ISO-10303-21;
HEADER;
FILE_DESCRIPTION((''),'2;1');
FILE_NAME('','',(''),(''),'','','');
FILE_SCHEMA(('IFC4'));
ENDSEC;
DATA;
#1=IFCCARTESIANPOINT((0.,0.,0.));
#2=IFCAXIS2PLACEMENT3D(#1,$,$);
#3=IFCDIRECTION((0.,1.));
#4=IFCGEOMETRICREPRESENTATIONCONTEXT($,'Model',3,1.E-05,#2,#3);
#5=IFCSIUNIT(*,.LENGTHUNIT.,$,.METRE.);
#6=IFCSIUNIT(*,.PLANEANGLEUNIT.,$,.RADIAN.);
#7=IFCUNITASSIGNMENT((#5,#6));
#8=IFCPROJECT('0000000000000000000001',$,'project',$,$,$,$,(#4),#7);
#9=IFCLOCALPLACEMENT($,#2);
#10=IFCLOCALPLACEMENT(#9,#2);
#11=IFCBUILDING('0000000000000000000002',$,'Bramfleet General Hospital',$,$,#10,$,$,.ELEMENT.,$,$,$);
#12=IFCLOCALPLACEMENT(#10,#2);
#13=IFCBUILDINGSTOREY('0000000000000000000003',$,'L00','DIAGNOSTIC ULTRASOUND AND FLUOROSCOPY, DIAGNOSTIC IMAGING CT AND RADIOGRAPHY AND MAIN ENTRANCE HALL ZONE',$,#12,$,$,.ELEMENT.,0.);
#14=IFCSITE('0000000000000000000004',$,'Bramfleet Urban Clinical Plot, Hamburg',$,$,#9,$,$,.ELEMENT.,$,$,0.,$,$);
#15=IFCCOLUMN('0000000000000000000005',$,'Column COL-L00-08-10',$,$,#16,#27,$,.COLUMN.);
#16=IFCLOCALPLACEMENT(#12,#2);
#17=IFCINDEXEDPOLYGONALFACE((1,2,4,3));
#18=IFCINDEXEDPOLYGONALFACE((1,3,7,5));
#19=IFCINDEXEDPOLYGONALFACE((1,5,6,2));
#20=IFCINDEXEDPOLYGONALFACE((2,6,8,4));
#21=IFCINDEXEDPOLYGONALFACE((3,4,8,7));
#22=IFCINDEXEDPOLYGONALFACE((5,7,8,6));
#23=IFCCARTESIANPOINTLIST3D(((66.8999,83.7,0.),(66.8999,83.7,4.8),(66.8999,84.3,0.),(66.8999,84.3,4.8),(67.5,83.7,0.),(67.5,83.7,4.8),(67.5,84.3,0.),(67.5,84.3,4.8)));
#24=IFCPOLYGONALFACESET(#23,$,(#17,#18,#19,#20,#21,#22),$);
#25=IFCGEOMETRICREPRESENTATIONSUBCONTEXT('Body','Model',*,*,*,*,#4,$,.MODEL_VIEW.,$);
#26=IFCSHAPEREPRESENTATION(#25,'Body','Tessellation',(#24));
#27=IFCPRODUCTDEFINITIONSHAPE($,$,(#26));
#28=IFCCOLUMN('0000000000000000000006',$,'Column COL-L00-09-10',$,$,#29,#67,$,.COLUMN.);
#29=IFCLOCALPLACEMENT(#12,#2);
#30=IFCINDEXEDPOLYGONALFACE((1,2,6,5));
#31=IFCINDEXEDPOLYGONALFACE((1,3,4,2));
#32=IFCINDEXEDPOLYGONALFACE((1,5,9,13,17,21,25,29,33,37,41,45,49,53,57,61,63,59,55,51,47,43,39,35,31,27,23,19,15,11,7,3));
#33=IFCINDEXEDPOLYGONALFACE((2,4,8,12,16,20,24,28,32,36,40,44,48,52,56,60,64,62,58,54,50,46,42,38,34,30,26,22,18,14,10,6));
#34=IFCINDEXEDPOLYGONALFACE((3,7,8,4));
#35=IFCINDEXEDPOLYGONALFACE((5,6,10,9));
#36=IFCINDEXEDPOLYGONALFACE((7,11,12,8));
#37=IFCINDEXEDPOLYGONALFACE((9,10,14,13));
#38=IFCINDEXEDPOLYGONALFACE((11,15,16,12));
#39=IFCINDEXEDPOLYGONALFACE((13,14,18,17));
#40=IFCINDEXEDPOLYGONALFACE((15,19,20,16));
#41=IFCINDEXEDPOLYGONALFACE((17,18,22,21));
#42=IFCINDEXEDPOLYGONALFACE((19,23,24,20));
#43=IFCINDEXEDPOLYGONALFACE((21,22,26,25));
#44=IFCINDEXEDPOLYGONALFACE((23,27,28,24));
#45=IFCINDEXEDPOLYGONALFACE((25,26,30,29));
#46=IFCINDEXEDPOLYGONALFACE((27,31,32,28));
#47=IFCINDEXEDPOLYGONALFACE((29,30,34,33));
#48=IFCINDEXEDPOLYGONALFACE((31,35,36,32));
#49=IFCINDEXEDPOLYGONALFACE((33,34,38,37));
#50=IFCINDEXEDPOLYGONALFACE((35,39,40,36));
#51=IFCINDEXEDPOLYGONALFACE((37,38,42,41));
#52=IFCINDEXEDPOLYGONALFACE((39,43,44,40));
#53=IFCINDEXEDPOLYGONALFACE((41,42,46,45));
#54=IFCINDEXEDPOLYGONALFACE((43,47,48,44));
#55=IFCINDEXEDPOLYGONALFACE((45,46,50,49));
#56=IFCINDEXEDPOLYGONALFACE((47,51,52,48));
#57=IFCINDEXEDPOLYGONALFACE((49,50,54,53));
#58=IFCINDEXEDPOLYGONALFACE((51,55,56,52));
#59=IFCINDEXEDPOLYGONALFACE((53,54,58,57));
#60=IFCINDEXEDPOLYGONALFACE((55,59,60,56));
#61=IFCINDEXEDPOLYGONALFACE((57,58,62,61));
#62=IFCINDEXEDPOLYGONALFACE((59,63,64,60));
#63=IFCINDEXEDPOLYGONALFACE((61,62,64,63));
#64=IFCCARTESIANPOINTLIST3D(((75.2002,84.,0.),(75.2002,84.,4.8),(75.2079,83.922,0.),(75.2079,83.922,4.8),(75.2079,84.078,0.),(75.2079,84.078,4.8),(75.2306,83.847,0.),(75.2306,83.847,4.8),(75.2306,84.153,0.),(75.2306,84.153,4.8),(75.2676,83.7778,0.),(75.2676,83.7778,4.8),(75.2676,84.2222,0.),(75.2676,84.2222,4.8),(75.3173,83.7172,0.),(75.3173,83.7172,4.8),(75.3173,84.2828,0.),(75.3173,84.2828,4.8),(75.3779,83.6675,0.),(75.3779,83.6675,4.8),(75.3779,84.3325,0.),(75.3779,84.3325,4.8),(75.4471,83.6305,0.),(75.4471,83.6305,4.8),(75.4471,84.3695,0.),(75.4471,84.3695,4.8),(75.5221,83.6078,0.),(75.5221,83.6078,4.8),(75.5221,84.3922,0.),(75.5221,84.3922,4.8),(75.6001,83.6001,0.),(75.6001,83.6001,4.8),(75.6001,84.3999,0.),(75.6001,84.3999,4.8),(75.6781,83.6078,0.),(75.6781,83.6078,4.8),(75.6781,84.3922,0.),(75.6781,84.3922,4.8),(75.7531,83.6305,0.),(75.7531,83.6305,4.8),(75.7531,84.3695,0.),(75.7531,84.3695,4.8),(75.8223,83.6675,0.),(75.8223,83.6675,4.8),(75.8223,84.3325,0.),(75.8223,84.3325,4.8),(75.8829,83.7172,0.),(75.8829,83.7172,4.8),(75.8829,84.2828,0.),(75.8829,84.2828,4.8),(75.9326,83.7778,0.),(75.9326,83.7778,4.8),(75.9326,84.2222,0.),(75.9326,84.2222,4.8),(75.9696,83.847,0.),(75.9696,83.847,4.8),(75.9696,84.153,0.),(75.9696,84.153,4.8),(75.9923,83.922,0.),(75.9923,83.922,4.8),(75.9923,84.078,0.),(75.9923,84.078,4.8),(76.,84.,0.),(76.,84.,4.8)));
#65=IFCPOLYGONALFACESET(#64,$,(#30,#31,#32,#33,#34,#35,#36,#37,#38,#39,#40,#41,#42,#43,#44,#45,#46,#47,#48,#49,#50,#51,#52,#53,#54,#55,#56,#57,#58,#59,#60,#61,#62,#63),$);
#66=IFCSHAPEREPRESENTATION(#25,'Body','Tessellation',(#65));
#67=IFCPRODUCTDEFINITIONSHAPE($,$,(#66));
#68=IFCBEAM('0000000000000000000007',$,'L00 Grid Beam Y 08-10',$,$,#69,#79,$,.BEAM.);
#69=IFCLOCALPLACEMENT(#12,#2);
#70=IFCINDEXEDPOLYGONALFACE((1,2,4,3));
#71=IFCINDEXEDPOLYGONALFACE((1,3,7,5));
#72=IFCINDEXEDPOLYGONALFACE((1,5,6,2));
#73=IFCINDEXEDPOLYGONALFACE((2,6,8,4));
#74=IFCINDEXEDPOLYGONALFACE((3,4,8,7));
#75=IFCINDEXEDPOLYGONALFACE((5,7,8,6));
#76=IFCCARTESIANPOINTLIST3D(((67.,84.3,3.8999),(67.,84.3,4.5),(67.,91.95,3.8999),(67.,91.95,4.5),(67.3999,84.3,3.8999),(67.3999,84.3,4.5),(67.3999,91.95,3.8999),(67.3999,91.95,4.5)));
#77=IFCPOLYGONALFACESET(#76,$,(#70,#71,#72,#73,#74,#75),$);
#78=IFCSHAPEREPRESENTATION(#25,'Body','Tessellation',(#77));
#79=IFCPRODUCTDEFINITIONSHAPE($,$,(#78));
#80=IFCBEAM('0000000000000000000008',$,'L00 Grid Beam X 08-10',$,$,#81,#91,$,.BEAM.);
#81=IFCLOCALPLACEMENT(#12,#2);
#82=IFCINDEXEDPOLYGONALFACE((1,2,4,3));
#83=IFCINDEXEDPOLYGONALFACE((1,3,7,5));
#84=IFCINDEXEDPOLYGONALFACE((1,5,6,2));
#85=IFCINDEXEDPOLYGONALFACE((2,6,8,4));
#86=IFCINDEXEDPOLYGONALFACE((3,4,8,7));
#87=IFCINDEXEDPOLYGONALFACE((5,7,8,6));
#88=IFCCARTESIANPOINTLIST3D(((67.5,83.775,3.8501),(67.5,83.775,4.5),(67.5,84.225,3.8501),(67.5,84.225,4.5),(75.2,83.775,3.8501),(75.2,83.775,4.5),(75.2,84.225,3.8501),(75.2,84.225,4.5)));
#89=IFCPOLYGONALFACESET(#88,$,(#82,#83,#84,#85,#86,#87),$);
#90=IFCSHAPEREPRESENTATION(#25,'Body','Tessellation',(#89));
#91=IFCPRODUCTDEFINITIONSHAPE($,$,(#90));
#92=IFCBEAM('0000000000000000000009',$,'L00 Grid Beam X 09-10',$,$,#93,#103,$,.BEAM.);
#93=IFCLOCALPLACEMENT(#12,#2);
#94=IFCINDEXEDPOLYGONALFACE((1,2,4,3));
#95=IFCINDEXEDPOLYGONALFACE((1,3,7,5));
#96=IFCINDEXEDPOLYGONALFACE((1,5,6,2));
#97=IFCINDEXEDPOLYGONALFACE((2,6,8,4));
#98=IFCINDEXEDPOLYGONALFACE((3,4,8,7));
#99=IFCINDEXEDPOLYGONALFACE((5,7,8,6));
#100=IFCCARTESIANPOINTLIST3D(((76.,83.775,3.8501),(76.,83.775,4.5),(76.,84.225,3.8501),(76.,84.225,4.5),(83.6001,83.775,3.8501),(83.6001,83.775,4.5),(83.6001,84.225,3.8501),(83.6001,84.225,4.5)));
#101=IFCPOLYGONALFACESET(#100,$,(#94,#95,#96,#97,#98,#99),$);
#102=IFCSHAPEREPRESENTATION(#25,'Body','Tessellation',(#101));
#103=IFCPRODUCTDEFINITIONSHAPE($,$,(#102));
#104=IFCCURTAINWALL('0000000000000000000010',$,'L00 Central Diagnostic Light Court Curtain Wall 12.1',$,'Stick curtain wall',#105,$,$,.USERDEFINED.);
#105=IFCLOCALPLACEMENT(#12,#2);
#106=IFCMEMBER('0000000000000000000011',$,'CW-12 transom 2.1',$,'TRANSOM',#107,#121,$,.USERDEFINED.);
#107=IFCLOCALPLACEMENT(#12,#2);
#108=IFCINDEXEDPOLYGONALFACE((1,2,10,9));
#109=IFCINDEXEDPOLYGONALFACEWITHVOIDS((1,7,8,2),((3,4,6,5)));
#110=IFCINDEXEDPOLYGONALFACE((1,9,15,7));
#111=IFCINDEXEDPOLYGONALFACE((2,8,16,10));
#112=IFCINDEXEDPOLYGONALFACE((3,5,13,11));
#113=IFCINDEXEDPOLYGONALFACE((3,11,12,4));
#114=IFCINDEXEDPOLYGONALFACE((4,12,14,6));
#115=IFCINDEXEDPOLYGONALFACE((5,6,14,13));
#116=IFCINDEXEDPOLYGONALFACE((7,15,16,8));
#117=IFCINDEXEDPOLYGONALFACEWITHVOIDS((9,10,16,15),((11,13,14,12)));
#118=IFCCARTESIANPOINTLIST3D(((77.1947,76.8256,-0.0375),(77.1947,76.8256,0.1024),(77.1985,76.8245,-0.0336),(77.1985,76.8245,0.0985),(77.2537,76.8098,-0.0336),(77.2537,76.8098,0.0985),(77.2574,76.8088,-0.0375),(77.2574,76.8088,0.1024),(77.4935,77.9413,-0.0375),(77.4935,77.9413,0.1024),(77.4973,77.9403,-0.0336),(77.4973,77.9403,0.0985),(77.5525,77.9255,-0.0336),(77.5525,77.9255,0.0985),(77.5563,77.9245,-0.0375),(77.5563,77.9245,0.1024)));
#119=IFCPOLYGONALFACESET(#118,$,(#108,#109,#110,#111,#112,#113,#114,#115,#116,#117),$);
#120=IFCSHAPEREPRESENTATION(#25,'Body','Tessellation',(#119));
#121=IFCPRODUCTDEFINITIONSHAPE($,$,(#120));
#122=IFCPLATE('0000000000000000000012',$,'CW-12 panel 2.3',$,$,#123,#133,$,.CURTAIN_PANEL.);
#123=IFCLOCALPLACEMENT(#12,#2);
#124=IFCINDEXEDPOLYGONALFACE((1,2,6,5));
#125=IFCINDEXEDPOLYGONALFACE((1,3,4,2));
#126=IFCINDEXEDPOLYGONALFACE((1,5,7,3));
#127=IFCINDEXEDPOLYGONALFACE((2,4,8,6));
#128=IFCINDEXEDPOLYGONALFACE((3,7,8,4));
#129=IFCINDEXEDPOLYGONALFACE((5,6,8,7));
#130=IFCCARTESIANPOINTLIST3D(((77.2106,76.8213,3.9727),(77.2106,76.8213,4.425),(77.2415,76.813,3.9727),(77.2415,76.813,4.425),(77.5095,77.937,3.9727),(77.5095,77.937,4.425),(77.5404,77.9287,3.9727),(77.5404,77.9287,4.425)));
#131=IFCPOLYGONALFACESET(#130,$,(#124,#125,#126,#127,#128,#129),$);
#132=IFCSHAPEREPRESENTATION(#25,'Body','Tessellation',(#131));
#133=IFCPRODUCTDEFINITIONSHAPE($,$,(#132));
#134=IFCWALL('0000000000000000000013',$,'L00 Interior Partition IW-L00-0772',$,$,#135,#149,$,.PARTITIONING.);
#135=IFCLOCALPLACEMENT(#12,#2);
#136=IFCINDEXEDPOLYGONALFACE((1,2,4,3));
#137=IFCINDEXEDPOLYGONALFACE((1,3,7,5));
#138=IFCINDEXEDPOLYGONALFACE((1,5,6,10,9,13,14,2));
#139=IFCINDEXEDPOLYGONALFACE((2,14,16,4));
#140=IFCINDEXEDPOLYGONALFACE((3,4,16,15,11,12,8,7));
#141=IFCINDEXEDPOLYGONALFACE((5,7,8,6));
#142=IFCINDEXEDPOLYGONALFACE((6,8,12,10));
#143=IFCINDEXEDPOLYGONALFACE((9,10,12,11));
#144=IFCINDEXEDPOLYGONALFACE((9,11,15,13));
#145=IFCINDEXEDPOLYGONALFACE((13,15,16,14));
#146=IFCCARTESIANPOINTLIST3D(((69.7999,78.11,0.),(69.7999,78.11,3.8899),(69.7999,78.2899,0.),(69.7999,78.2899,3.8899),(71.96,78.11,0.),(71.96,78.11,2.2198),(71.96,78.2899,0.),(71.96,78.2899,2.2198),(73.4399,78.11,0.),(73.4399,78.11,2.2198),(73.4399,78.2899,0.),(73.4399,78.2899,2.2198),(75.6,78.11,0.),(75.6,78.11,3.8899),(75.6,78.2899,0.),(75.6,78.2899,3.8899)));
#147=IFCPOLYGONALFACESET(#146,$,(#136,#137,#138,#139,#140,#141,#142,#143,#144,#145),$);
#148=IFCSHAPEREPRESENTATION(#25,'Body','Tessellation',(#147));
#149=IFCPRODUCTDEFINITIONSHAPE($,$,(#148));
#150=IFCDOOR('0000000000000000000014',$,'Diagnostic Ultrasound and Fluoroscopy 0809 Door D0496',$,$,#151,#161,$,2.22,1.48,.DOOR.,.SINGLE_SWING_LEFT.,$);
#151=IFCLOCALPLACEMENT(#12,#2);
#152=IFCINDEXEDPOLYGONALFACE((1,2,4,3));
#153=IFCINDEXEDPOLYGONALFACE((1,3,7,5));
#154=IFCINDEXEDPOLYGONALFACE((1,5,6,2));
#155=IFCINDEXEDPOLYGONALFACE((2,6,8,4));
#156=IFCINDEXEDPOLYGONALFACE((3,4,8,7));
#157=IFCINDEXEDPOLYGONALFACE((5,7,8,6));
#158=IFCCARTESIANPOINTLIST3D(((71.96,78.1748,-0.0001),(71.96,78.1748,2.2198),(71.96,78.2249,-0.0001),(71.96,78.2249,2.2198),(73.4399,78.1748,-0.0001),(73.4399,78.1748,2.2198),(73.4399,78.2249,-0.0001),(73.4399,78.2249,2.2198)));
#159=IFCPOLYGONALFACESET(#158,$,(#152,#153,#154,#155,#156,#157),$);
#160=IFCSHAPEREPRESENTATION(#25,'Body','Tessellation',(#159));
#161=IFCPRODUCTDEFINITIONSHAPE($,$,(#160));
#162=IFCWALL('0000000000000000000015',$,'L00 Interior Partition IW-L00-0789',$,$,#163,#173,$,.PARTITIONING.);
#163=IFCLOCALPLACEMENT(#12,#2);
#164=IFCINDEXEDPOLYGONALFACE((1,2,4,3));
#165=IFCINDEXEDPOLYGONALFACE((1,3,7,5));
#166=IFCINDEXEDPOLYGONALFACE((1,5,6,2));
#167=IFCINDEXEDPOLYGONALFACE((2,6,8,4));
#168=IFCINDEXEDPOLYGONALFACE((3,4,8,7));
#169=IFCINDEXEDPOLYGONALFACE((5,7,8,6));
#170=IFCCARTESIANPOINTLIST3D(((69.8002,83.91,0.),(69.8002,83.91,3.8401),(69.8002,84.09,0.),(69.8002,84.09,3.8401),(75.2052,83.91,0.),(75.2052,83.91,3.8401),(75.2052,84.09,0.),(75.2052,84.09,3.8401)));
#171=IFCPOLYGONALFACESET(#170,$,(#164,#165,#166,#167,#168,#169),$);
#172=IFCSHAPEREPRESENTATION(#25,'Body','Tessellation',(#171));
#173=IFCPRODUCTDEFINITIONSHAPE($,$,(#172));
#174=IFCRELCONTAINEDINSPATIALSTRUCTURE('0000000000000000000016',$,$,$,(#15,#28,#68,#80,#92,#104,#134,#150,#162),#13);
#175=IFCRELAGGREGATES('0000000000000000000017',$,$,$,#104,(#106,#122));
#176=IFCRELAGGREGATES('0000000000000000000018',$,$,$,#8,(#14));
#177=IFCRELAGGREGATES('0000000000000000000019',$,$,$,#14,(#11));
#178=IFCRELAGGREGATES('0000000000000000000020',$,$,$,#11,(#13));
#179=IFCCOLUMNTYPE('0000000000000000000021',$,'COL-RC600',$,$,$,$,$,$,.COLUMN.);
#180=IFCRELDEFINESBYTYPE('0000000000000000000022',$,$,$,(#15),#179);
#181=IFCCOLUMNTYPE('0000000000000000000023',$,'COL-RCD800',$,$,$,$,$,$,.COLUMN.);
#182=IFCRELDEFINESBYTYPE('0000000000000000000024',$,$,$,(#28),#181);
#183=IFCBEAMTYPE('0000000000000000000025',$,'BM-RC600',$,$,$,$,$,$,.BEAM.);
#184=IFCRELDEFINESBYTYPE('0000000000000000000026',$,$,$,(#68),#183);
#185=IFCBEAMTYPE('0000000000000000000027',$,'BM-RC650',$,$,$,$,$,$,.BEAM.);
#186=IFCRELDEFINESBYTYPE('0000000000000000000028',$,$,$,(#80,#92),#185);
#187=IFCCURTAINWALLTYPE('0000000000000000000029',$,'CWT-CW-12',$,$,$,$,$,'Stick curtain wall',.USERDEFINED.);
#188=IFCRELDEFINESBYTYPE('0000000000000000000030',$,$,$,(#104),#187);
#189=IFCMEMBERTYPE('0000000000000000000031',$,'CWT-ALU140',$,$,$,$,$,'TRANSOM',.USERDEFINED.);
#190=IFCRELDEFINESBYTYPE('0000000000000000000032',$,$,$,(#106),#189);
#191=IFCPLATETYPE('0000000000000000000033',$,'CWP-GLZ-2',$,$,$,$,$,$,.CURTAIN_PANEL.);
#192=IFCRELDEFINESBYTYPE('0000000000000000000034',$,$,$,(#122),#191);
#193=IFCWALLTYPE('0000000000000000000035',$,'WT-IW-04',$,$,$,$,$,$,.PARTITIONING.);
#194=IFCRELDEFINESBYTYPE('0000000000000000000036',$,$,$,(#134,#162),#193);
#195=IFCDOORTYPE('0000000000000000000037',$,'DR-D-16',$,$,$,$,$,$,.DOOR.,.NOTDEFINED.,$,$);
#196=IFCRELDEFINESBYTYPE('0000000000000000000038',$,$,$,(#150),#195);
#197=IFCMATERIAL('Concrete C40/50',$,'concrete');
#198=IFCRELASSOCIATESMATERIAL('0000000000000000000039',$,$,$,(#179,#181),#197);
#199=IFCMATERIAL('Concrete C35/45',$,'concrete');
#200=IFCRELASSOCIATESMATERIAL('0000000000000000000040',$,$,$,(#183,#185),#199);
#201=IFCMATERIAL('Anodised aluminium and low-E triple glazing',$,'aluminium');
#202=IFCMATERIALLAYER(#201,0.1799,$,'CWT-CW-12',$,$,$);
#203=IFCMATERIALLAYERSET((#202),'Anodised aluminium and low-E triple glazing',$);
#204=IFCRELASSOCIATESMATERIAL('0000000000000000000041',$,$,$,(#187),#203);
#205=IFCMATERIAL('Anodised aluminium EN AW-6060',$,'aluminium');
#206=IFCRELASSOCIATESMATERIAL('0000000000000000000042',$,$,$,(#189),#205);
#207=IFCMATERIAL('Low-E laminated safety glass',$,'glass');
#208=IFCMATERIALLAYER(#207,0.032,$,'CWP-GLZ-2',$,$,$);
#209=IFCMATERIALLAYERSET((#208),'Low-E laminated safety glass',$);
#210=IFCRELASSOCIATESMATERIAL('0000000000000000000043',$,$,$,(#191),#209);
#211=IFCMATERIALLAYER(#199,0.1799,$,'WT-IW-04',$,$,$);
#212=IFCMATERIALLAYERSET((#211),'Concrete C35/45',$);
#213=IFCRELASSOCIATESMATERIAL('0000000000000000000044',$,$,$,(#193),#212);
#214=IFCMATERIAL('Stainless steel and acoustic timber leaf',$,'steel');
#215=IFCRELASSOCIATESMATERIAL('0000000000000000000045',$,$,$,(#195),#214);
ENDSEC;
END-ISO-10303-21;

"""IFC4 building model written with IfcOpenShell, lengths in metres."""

from ifc_helpers import new_model, si_unit, direction, frame, frame_2d, origin, origin_2d, place, context, subcontext, project, spatial, rectangle, hollow_rectangle, circle, extrude, material, layer, layer_set, material_profile, profile_set, type_object, element, fill, aggregate, save


model = new_model("IFC4")

# Units and contexts
model_context = context("Model", 3, precision=1e-05, world=origin(), true_north=direction((0.0, 1.0)))
body_context = subcontext(model_context, "Body", "Model", "MODEL_VIEW")
ifc_project = project(units=[si_unit("LENGTHUNIT", "METRE"), si_unit("PLANEANGLEUNIT", "RADIAN")], contexts=[model_context])

# Site, building, storey
site_placement = place(None, origin())
site = spatial("IfcSite", under=ifc_project, at=site_placement, Name="Bramfleet Urban Clinical Plot, Hamburg", CompositionType="ELEMENT", RefElevation=0.0)
building_placement = place(site_placement, origin())
building = spatial("IfcBuilding", under=site, at=building_placement, Name="Bramfleet General Hospital", CompositionType="ELEMENT")
storey_placement = place(building_placement, origin())
storey = spatial("IfcBuildingStorey", under=building, at=storey_placement, Name="L00", Description="DIAGNOSTIC ULTRASOUND AND FLUOROSCOPY, DIAGNOSTIC IMAGING CT AND RADIOGRAPHY AND MAIN ENTRANCE HALL ZONE", CompositionType="ELEMENT", Elevation=0.0)

# Columns
ifc_material_1 = material(Name="Concrete C40/50", Category="concrete")
ifc_material_profile_1 = material_profile(ifc_material_1, rectangle(XDim=0.6001, YDim=0.6001, at=origin_2d()), Name="RC COL 600x600")
ifc_profile_set_1 = profile_set([ifc_material_profile_1], Name="Concrete C40/50")
column_type_1 = type_object("IfcColumnType", Name="COL-RC600", PredefinedType="COLUMN", material=ifc_profile_set_1)
column_1_placement = place(storey_placement, frame((67.2, 84.0, 0.0), z_axis=(0.0, 0.0, 1.0), x_axis=(1.0, 0.0, 0.0)))
element("IfcColumn", 1, at=column_1_placement, inside=storey, type_object=column_type_1, Name="Column COL-L00-08-10", PredefinedType="COLUMN", context=body_context, shape_type="SweptSolid", body=[
    extrude(rectangle(XDim=0.6001, YDim=0.6001, at=origin_2d()), origin(), (0.0, 0.0, 1.0), 4.8),
])
ifc_material_profile_2 = material_profile(ifc_material_1, circle(Radius=0.3999, at=origin_2d()), Name="RC ROUND D800")
ifc_profile_set_2 = profile_set([ifc_material_profile_2], Name="Concrete C40/50")
column_type_2 = type_object("IfcColumnType", Name="COL-RCD800", PredefinedType="COLUMN", material=ifc_profile_set_2)
column_2_placement = place(storey_placement, frame((75.6001, 84.0, 0.0), z_axis=(0.0, 0.0, 1.0), x_axis=(1.0, 0.0, 0.0)))
element("IfcColumn", 2, at=column_2_placement, inside=storey, type_object=column_type_2, Name="Column COL-L00-09-10", PredefinedType="COLUMN", context=body_context, shape_type="SweptSolid", body=[
    extrude(circle(Radius=0.3999, at=origin_2d()), origin(), (0.0, 0.0, 1.0), 4.8),
])

# Beams
ifc_material_2 = material(Name="Concrete C35/45", Category="concrete")
ifc_material_profile_3 = material_profile(ifc_material_2, rectangle(XDim=0.3999, YDim=0.6001, at=origin_2d()), Name="RC BM 600x400")
ifc_profile_set_3 = profile_set([ifc_material_profile_3], Name="Concrete C35/45")
beam_type_1 = type_object("IfcBeamType", Name="BM-RC600", PredefinedType="BEAM", material=ifc_profile_set_3)
beam_1_placement = place(storey_placement, frame((67.2, 84.3, 4.2), z_axis=(0.0, 1.0, 0.0), x_axis=(-1.0, 0.0, 0.0)))
element("IfcBeam", 3, at=beam_1_placement, inside=storey, type_object=beam_type_1, Name="L00 Grid Beam Y 08-10", PredefinedType="BEAM", context=body_context, shape_type="SweptSolid", body=[
    extrude(rectangle(XDim=0.3999, YDim=0.6001, at=origin_2d()), origin(), (0.0, 0.0, 1.0), 7.6499),
])
ifc_material_profile_4 = material_profile(ifc_material_2, rectangle(XDim=0.45, YDim=0.6499, at=origin_2d()), Name="RC BM 650x450")
ifc_profile_set_4 = profile_set([ifc_material_profile_4], Name="Concrete C35/45")
beam_type_2 = type_object("IfcBeamType", Name="BM-RC650", PredefinedType="BEAM", material=ifc_profile_set_4)
beam_2_placement = place(storey_placement, frame((67.5, 84.0, 4.175), z_axis=(1.0, 0.0, 0.0), x_axis=(0.0, 1.0, 0.0)))
element("IfcBeam", 4, at=beam_2_placement, inside=storey, type_object=beam_type_2, Name="L00 Grid Beam X 08-10", PredefinedType="BEAM", context=body_context, shape_type="SweptSolid", body=[
    extrude(rectangle(XDim=0.45, YDim=0.6499, at=origin_2d()), origin(), (0.0, 0.0, 1.0), 7.7),
])
beam_3_placement = place(storey_placement, frame((76.0, 84.0, 4.175), z_axis=(1.0, 0.0, 0.0), x_axis=(0.0, 1.0, 0.0)))
element("IfcBeam", 5, at=beam_3_placement, inside=storey, type_object=beam_type_2, Name="L00 Grid Beam X 09-10", PredefinedType="BEAM", context=body_context, shape_type="SweptSolid", body=[
    extrude(rectangle(XDim=0.45, YDim=0.6499, at=origin_2d()), origin(), (0.0, 0.0, 1.0), 7.6001),
])

# Curtain wall, member, plate
ifc_material_3 = material(Name="Anodised aluminium and low-E triple glazing", Category="aluminium")
ifc_layer_1 = layer(ifc_material_3, 0.1799, Name="CWT-CW-12")
ifc_layer_set_1 = layer_set([ifc_layer_1], Name="Anodised aluminium and low-E triple glazing")
curtain_wall_type = type_object("IfcCurtainWallType", Name="CWT-CW-12", ElementType="Stick curtain wall", PredefinedType="USERDEFINED", material=ifc_layer_set_1)
curtain_wall_placement = place(storey_placement, origin())
curtain_wall = element("IfcCurtainWall", 6, at=curtain_wall_placement, inside=storey, type_object=curtain_wall_type, Name="L00 Central Diagnostic Light Court Curtain Wall 12.1", ObjectType="Stick curtain wall", PredefinedType="USERDEFINED")
ifc_material_4 = material(Name="Anodised aluminium EN AW-6060", Category="aluminium")
ifc_material_profile_5 = material_profile(ifc_material_4, hollow_rectangle(XDim=0.0649, YDim=0.1399, WallThickness=0.0039, at=origin_2d()), Name="ALU 140x65x4.0")
ifc_profile_set_5 = profile_set([ifc_material_profile_5], Name="Anodised aluminium EN AW-6060")
member_type = type_object("IfcMemberType", Name="CWT-ALU140", ElementType="TRANSOM", PredefinedType="USERDEFINED", material=ifc_profile_set_5)
member_placement = place(storey_placement, frame((77.5249, 77.9329, 0.0325), z_axis=(-0.258715, -0.965954, 0.0), x_axis=(0.965954, -0.258715, 0.0)))
member = element("IfcMember", 7, at=member_placement, type_object=member_type, Name="CW-12 transom 2.1", ObjectType="TRANSOM", PredefinedType="USERDEFINED", context=body_context, shape_type="SweptSolid", body=[
    extrude(hollow_rectangle(XDim=0.0649, YDim=0.1399, WallThickness=0.0039, at=origin_2d()), origin(), (0.0, 0.0, 1.0), 1.155),
])
ifc_material_5 = material(Name="Low-E laminated safety glass", Category="glass")
ifc_layer_2 = layer(ifc_material_5, 0.032, Name="CWP-GLZ-2")
ifc_layer_set_2 = layer_set([ifc_layer_2], Name="Low-E laminated safety glass")
plate_type = type_object("IfcPlateType", Name="CWP-GLZ-2", PredefinedType="CURTAIN_PANEL", material=ifc_layer_set_2)
plate_placement = place(storey_placement, frame((77.3755, 77.375, 3.9727), z_axis=(0.0, 0.0, 1.0), x_axis=(-0.258763, -0.965941, 0.0)))
plate = element("IfcPlate", 8, at=plate_placement, type_object=plate_type, Name="CW-12 panel 2.3", PredefinedType="CURTAIN_PANEL", context=body_context, shape_type="SweptSolid", body=[
    extrude(rectangle(XDim=1.155, YDim=0.032, at=origin_2d()), origin(), (0.0, 0.0, 1.0), 0.4524),
])
aggregate(curtain_wall, [member, plate])

# Wall, opening, door
ifc_layer_3 = layer(ifc_material_2, 0.1799, Name="WT-IW-04")
ifc_layer_set_3 = layer_set([ifc_layer_3], Name="Concrete C35/45")
wall_type_1 = type_object("IfcWallType", Name="WT-IW-04", PredefinedType="PARTITIONING", material=ifc_layer_set_3)
wall_1_placement = place(storey_placement, frame((69.8, 78.2, 0.0), z_axis=(0.0, 0.0, 1.0), x_axis=(1.0, 0.0, 0.0)))
wall_1 = element("IfcWall", 9, at=wall_1_placement, inside=storey, type_object=wall_type_1, Name="L00 Interior Partition IW-L00-0772", PredefinedType="PARTITIONING", context=body_context, shape_type="SweptSolid", body=[
    extrude(rectangle(XDim=5.8, YDim=0.1799, at=frame_2d((2.8999, 0.0))), origin(), (0.0, 0.0, 1.0), 3.8899),
])
opening_1_placement = place(wall_1_placement, frame((2.1599, 0.0, 0.0)))
opening_1 = element("IfcOpeningElement", 10, at=opening_1_placement, cuts=wall_1, PredefinedType="OPENING", context=body_context, shape_type="SweptSolid", body=[
    extrude(rectangle(XDim=1.48, YDim=2.22, at=frame_2d((0.74, 1.1099))), frame((0.0, 0.0999, 0.0), z_axis=(0.0, -1.0, 0.0), x_axis=(1.0, 0.0, 0.0)), (0.0, 0.0, 1.0), 0.2),
])
ifc_material_6 = material(Name="Stainless steel and acoustic timber leaf", Category="steel")
door_type_1 = type_object("IfcDoorType", Name="DR-D-16", OperationType="NOTDEFINED", PredefinedType="DOOR", material=ifc_material_6)
door_1_placement = place(opening_1_placement, origin())
door_1 = element("IfcDoor", 11, at=door_1_placement, inside=storey, type_object=door_type_1, Name="Diagnostic Ultrasound and Fluoroscopy 0809 Door D0496", OperationType="SINGLE_SWING_LEFT", OverallHeight=2.22, OverallWidth=1.48, PredefinedType="DOOR", context=body_context, shape_type="SweptSolid", body=[
    extrude(rectangle(XDim=1.48, YDim=2.22, at=frame_2d((0.74, 1.1099))), frame((0.0, 0.0249, 0.0), z_axis=(0.0, -1.0, 0.0), x_axis=(1.0, 0.0, 0.0)), (0.0, 0.0, 1.0), 0.05),
])
fill(opening_1, door_1)

# Wall
wall_2_placement = place(storey_placement, frame((69.8, 84.0, 0.0), z_axis=(0.0, 0.0, 1.0), x_axis=(1.0, 0.0, 0.0)))
element("IfcWall", 12, at=wall_2_placement, inside=storey, type_object=wall_type_1, Name="L00 Interior Partition IW-L00-0789", PredefinedType="PARTITIONING", context=body_context, shape_type="SweptSolid", body=[
    extrude(rectangle(XDim=5.405, YDim=0.1799, at=frame_2d((2.7026, 0.0))), origin(), (0.0, 0.0, 1.0), 3.8401),
])

save(model, "model.ifc")
